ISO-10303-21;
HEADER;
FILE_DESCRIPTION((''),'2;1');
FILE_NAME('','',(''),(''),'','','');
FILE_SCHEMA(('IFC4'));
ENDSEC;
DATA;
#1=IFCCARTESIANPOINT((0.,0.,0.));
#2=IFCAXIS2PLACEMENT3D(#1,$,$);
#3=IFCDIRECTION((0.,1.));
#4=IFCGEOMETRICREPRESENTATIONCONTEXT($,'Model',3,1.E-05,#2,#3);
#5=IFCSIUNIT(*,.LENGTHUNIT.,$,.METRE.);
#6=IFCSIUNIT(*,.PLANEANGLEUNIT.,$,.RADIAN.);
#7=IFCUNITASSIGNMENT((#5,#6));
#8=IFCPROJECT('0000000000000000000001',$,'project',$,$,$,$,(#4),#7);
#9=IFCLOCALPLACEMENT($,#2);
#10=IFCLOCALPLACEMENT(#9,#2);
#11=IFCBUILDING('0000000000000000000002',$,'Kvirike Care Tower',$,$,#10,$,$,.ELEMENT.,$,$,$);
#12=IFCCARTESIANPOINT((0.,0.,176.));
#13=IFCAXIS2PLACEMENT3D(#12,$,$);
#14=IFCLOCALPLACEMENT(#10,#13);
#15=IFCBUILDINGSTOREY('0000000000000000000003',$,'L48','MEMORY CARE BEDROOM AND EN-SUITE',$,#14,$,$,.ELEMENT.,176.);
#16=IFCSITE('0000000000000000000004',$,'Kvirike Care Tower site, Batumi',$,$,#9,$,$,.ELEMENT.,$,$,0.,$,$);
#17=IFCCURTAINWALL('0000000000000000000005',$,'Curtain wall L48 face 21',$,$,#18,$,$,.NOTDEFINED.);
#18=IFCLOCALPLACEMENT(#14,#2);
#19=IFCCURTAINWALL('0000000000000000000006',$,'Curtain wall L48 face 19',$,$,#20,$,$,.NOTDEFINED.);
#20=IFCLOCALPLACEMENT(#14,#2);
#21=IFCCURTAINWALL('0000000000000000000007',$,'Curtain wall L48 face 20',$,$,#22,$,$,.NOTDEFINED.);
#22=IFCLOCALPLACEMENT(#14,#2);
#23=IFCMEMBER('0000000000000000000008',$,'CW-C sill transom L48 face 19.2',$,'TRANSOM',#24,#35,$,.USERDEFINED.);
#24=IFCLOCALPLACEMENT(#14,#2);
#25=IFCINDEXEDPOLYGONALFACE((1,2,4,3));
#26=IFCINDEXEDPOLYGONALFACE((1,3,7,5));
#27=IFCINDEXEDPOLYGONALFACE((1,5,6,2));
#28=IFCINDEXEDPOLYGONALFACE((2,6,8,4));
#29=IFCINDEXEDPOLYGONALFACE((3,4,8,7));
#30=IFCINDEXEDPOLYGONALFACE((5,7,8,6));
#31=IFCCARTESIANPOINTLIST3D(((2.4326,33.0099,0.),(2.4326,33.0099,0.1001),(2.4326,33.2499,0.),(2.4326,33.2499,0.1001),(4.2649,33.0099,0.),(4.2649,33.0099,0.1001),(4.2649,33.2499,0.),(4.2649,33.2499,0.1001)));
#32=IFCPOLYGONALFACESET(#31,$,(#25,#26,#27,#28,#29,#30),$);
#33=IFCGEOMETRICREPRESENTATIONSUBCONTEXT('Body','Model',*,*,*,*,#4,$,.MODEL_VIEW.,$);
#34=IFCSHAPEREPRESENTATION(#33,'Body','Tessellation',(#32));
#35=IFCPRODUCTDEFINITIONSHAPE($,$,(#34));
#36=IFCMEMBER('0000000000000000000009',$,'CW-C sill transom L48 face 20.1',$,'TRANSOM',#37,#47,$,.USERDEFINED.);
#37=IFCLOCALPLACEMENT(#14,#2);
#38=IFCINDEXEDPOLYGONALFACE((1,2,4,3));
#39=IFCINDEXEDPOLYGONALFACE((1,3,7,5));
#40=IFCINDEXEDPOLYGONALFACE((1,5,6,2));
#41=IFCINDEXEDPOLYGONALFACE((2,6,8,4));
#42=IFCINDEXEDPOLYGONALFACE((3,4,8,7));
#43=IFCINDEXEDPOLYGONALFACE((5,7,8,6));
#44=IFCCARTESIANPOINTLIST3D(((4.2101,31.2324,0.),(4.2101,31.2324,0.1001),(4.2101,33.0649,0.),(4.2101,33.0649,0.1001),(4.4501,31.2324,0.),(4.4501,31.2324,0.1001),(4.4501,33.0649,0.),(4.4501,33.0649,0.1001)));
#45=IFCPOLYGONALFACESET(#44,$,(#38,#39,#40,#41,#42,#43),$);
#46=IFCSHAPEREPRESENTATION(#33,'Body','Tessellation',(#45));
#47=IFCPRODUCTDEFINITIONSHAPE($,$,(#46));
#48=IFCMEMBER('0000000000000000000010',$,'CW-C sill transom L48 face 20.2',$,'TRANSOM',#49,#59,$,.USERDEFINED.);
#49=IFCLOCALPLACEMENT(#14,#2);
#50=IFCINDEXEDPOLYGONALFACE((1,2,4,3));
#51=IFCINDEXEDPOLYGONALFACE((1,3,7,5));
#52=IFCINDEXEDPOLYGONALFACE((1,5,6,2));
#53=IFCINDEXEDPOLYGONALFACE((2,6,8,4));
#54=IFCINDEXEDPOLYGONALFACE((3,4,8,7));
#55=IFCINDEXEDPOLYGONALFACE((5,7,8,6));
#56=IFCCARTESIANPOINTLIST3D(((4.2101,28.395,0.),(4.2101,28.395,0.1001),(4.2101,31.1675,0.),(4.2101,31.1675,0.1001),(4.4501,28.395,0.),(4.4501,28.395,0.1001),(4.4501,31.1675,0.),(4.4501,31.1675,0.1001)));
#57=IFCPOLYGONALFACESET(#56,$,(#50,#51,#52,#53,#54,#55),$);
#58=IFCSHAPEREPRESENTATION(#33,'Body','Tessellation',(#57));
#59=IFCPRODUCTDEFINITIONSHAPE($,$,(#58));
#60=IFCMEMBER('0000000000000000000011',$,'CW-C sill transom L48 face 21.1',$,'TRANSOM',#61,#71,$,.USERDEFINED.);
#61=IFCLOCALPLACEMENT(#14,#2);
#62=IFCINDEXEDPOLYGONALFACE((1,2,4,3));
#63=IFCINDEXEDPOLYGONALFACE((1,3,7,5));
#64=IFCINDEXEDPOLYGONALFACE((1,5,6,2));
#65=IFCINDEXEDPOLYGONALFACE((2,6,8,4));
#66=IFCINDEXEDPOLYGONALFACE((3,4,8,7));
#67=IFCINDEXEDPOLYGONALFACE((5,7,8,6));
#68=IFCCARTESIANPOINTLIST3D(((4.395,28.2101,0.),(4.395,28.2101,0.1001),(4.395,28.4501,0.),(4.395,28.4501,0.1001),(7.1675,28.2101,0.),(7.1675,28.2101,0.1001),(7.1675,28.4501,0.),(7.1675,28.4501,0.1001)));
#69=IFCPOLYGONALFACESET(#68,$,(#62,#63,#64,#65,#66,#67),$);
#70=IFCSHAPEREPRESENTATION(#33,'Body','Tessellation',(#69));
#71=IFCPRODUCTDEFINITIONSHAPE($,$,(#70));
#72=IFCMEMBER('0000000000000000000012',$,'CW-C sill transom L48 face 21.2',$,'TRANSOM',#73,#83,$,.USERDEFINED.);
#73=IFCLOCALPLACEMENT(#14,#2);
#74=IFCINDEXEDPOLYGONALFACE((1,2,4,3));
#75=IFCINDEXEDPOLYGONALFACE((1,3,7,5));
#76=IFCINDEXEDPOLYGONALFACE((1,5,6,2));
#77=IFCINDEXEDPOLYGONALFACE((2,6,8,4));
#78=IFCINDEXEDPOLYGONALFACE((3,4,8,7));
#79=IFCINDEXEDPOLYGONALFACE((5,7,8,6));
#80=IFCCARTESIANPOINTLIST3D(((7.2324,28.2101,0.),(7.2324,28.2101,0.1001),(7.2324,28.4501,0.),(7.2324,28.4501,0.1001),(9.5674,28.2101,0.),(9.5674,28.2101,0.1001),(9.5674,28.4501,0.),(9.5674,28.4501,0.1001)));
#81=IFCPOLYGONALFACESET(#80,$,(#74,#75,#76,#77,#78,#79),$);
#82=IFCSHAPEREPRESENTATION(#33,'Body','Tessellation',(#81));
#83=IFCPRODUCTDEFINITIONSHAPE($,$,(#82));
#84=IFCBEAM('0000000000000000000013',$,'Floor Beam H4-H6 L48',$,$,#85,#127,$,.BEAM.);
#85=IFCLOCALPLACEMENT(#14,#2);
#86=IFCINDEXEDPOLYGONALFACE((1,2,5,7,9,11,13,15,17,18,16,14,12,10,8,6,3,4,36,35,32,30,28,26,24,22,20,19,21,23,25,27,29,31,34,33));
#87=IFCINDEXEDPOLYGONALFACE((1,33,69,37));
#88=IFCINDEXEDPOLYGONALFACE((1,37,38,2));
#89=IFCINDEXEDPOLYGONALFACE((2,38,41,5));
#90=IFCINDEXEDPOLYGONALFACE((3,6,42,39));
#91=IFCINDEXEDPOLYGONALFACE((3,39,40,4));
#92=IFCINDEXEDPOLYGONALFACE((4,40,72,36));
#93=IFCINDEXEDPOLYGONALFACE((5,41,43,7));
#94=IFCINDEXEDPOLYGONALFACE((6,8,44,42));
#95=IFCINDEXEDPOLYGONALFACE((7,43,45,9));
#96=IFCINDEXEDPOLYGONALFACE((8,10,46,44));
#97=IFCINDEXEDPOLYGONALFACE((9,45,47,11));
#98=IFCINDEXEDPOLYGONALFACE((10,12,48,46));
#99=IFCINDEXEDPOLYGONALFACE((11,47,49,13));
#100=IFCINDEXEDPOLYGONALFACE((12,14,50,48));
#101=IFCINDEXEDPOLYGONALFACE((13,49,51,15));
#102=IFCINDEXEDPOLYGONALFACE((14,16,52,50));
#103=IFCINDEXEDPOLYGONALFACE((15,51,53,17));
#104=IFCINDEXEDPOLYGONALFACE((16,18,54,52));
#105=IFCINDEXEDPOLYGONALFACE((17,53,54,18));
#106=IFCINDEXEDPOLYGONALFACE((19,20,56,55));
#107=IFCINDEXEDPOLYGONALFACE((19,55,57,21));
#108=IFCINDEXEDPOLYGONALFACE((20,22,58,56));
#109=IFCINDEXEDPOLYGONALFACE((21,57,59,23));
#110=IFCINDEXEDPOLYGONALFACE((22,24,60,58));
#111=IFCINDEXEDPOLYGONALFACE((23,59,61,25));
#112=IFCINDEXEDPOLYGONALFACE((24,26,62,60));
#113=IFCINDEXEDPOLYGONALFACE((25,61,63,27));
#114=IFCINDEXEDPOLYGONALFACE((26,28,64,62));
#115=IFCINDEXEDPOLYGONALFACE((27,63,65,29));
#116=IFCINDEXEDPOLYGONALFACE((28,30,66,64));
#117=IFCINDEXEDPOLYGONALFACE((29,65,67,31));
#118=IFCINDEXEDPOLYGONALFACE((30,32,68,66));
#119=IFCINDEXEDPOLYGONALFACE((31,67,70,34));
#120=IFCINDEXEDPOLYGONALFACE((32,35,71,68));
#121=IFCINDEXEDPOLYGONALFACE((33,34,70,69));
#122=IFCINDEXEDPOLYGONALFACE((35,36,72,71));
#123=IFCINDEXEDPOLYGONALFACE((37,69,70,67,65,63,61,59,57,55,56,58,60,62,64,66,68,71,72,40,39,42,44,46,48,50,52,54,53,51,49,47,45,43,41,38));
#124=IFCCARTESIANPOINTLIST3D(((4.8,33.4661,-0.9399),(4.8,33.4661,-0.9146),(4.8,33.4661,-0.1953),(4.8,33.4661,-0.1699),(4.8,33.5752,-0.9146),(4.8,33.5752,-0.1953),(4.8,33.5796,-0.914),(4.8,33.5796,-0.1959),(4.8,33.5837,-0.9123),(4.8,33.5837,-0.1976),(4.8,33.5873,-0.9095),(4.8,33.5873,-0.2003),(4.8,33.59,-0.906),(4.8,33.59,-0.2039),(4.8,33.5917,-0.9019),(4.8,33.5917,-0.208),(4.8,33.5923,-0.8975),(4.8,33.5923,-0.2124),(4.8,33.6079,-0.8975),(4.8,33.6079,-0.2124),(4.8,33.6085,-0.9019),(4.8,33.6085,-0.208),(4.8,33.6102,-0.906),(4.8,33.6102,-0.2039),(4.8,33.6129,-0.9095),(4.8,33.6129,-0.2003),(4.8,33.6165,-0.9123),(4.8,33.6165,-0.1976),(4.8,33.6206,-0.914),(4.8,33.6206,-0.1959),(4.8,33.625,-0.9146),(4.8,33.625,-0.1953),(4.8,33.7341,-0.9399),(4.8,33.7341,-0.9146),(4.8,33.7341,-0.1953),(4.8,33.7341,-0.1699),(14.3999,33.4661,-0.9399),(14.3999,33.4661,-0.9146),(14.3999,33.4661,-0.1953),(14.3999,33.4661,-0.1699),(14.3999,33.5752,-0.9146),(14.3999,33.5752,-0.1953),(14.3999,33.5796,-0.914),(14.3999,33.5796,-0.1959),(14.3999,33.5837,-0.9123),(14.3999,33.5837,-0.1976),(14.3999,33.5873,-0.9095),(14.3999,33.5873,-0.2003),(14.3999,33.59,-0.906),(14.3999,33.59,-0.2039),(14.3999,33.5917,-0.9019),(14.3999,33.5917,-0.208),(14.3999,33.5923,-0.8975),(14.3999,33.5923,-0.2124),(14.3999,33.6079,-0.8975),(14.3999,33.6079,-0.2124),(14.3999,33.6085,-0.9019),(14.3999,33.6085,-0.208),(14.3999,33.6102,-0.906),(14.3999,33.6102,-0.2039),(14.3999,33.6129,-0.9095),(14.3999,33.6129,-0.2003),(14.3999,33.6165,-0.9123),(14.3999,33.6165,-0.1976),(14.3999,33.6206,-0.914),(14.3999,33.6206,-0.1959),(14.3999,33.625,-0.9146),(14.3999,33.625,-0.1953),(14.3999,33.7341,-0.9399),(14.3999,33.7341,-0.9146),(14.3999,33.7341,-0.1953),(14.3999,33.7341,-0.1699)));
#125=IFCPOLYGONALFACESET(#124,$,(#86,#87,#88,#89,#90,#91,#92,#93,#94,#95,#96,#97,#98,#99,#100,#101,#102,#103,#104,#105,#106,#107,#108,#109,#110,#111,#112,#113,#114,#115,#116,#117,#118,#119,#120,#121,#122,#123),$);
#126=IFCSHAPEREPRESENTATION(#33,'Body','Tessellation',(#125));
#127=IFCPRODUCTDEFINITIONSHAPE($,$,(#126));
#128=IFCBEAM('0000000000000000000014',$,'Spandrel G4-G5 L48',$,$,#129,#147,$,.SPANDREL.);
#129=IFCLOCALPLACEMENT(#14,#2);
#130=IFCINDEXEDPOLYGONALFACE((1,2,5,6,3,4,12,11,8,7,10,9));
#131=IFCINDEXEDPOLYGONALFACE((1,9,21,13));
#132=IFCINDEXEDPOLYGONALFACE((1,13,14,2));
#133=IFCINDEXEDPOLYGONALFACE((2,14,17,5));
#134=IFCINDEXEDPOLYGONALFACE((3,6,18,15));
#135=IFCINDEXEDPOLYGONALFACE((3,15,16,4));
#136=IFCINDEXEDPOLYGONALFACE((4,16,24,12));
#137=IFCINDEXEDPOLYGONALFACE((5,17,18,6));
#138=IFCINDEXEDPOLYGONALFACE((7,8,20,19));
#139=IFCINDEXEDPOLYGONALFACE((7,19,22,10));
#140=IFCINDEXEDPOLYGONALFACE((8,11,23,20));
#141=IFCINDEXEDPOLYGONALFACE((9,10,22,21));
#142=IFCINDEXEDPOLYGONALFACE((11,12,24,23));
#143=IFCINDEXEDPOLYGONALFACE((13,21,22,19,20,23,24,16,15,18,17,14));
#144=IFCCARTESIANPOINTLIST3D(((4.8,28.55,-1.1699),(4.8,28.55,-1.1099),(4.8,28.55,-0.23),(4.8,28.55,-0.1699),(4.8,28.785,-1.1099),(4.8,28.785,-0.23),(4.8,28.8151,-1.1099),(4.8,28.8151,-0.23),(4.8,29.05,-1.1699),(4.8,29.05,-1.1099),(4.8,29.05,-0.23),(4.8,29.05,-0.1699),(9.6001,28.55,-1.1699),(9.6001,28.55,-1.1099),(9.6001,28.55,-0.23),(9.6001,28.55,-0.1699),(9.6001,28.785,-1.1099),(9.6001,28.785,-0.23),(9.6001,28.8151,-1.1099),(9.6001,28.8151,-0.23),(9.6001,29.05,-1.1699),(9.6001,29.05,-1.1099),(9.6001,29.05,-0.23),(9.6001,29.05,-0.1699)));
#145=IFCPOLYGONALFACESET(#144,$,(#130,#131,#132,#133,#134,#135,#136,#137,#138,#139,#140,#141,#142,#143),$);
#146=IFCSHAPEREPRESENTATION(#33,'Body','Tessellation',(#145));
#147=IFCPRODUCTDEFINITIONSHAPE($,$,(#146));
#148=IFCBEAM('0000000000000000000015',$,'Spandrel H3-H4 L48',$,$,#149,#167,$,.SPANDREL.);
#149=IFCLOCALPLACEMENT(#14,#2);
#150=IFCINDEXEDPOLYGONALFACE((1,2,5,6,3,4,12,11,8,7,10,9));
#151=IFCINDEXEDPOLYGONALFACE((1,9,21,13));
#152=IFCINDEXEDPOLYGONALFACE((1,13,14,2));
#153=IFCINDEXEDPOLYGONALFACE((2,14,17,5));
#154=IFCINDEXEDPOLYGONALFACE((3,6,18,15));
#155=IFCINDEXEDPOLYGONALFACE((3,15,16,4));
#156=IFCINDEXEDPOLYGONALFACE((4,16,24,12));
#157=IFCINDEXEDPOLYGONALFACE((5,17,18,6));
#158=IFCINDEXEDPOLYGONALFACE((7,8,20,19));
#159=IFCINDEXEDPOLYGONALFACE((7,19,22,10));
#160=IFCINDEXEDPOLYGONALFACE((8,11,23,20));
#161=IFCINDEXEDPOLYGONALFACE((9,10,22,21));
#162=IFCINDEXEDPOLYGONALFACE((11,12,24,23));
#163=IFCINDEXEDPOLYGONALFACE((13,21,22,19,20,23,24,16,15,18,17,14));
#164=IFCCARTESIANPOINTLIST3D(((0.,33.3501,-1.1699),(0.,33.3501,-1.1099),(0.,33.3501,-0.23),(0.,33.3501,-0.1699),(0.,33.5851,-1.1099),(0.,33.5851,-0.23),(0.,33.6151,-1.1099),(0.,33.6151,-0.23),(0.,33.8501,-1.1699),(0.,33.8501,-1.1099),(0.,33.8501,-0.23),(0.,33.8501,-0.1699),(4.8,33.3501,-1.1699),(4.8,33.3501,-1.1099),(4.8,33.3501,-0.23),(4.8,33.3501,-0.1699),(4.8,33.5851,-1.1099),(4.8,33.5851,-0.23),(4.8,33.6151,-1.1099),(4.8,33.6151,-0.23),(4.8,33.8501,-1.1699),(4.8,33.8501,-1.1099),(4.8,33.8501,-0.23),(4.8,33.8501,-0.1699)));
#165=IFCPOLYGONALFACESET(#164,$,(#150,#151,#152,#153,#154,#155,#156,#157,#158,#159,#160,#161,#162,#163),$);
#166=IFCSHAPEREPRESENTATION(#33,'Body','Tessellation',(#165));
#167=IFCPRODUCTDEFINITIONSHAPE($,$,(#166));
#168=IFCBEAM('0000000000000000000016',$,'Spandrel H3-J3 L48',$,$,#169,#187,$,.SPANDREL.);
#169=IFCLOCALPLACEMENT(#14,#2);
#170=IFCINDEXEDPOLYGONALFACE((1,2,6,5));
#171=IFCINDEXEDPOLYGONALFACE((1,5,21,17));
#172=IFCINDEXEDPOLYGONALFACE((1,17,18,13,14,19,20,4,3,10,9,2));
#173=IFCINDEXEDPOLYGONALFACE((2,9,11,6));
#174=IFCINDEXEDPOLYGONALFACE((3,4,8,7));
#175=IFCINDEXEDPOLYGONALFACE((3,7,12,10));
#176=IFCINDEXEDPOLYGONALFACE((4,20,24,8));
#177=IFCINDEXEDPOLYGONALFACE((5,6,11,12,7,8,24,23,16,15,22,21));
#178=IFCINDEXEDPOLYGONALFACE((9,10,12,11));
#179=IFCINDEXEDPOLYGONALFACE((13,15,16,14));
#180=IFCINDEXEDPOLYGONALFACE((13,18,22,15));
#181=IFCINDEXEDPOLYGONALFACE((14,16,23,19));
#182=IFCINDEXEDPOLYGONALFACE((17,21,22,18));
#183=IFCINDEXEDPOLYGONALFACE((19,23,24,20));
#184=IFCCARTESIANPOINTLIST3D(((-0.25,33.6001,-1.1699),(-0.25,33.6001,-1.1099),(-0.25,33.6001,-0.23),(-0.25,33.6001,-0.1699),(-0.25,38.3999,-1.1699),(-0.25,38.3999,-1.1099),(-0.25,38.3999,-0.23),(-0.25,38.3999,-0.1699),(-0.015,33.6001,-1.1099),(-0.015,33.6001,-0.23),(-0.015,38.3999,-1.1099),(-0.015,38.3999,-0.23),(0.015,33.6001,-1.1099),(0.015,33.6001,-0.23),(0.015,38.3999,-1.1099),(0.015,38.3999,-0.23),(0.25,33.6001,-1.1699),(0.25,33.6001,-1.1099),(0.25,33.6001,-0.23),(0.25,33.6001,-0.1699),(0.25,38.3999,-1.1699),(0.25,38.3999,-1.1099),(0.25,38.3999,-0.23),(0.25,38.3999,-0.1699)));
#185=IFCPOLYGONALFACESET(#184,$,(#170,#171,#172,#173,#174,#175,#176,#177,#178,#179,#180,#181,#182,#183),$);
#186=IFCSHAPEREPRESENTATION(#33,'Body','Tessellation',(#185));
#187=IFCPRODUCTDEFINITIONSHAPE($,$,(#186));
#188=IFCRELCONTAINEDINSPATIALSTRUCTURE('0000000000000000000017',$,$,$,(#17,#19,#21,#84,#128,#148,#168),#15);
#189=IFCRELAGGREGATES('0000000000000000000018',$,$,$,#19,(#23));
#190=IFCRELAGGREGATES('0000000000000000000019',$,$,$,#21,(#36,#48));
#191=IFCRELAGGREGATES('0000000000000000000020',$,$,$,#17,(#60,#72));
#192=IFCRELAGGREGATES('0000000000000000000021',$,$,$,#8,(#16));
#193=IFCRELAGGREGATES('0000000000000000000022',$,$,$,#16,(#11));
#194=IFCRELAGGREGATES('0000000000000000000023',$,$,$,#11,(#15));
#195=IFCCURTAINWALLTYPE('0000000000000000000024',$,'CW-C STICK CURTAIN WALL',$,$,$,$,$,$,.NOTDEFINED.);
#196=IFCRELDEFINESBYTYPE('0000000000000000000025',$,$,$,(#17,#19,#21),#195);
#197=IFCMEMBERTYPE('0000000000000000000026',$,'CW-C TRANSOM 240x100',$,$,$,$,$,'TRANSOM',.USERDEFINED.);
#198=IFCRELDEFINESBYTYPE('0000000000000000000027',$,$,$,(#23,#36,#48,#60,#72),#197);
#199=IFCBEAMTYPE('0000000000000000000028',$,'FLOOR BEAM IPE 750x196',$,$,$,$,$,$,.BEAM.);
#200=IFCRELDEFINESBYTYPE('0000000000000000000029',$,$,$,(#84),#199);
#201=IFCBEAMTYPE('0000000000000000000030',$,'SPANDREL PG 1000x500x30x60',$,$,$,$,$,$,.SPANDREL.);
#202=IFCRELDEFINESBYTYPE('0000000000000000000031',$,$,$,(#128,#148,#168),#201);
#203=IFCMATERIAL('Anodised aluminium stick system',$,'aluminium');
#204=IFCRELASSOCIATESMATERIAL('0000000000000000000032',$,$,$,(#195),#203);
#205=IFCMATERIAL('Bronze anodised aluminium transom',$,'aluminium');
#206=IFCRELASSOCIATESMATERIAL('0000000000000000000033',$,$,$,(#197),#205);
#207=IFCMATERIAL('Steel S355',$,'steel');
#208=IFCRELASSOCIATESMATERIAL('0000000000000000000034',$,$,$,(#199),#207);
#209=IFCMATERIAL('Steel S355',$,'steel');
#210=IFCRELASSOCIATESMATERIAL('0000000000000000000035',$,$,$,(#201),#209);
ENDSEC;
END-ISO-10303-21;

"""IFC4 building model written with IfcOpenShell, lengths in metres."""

from ifc_helpers import new_model, si_unit, direction, frame, origin, origin_2d, place, context, subcontext, project, spatial, rectangle, i_section, extrude, material, material_profile, profile_set, type_object, element, aggregate, save


model = new_model("IFC4")

# Units and contexts
model_context = context("Model", 3, precision=1e-05, world=origin(), true_north=direction((0.0, 1.0)))
body_context = subcontext(model_context, "Body", "Model", "MODEL_VIEW")
ifc_project = project(units=[si_unit("LENGTHUNIT", "METRE"), si_unit("PLANEANGLEUNIT", "RADIAN")], contexts=[model_context])

# Site, building, storey
site_placement = place(None, origin())
site = spatial("IfcSite", under=ifc_project, at=site_placement, Name="Kvirike Care Tower site, Batumi", CompositionType="ELEMENT", RefElevation=0.0)
building_placement = place(site_placement, origin())
building = spatial("IfcBuilding", under=site, at=building_placement, Name="Kvirike Care Tower", CompositionType="ELEMENT")
storey_placement = place(building_placement, frame((0.0, 0.0, 176.0)))
storey = spatial("IfcBuildingStorey", under=building, at=storey_placement, Name="L48", Description="MEMORY CARE BEDROOM AND EN-SUITE", CompositionType="ELEMENT", Elevation=176.0)

# Curtain wall
ifc_material_1 = material(Name="Anodised aluminium stick system", Category="aluminium")
curtain_wall_type = type_object("IfcCurtainWallType", Name="CW-C STICK CURTAIN WALL", PredefinedType="NOTDEFINED", material=ifc_material_1)
curtain_wall_1_placement = place(storey_placement, origin())
curtain_wall_1 = element("IfcCurtainWall", 1, at=curtain_wall_1_placement, inside=storey, type_object=curtain_wall_type, Name="Curtain wall L48 face 21", PredefinedType="NOTDEFINED")

# Curtain walls
curtain_wall_2_placement = place(storey_placement, origin())
curtain_wall_2 = element("IfcCurtainWall", 2, at=curtain_wall_2_placement, inside=storey, type_object=curtain_wall_type, Name="Curtain wall L48 face 19", PredefinedType="NOTDEFINED")
curtain_wall_3_placement = place(storey_placement, origin())
curtain_wall_3 = element("IfcCurtainWall", 3, at=curtain_wall_3_placement, inside=storey, type_object=curtain_wall_type, Name="Curtain wall L48 face 20", PredefinedType="NOTDEFINED")

# Members
ifc_material_2 = material(Name="Bronze anodised aluminium transom", Category="aluminium")
ifc_material_profile_1 = material_profile(ifc_material_2, rectangle(XDim=0.24, YDim=0.1001, at=origin_2d()), Name="CW-C TRANSOM 240x100")
ifc_profile_set_1 = profile_set([ifc_material_profile_1], Name="Bronze anodised aluminium transom")
member_type_1 = type_object("IfcMemberType", Name="CW-C TRANSOM 240x100", ElementType="TRANSOM", PredefinedType="USERDEFINED", material=ifc_profile_set_1)
member_1_placement = place(storey_placement, frame((2.4326, 33.1299, 0.05), z_axis=(1.0, 0.0, 0.0), x_axis=(0.0, 1.0, 0.0)))
member_1 = element("IfcMember", 4, at=member_1_placement, type_object=member_type_1, Name="CW-C sill transom L48 face 19.2", ObjectType="TRANSOM", PredefinedType="USERDEFINED", context=body_context, shape_type="SweptSolid", body=[
    extrude(rectangle(XDim=0.24, YDim=0.1001, at=origin_2d()), origin(), (0.0, 0.0, 1.0), 1.8323),
])
member_2_placement = place(storey_placement, frame((4.3301, 33.0649, 0.05), z_axis=(0.0, -1.0, 0.0), x_axis=(1.0, 0.0, 0.0)))
member_2 = element("IfcMember", 5, at=member_2_placement, type_object=member_type_1, Name="CW-C sill transom L48 face 20.1", ObjectType="TRANSOM", PredefinedType="USERDEFINED", context=body_context, shape_type="SweptSolid", body=[
    extrude(rectangle(XDim=0.24, YDim=0.1001, at=origin_2d()), origin(), (0.0, 0.0, 1.0), 1.8325),
])
member_3_placement = place(storey_placement, frame((4.3301, 31.1675, 0.05), z_axis=(0.0, -1.0, 0.0), x_axis=(1.0, 0.0, 0.0)))
member_3 = element("IfcMember", 6, at=member_3_placement, type_object=member_type_1, Name="CW-C sill transom L48 face 20.2", ObjectType="TRANSOM", PredefinedType="USERDEFINED", context=body_context, shape_type="SweptSolid", body=[
    extrude(rectangle(XDim=0.24, YDim=0.1001, at=origin_2d()), origin(), (0.0, 0.0, 1.0), 2.7725),
])
member_4_placement = place(storey_placement, frame((4.395, 28.3301, 0.05), z_axis=(1.0, 0.0, 0.0), x_axis=(0.0, 1.0, 0.0)))
member_4 = element("IfcMember", 7, at=member_4_placement, type_object=member_type_1, Name="CW-C sill transom L48 face 21.1", ObjectType="TRANSOM", PredefinedType="USERDEFINED", context=body_context, shape_type="SweptSolid", body=[
    extrude(rectangle(XDim=0.24, YDim=0.1001, at=origin_2d()), origin(), (0.0, 0.0, 1.0), 2.7725),
])
member_5_placement = place(storey_placement, frame((7.2324, 28.3301, 0.05), z_axis=(1.0, 0.0, 0.0), x_axis=(0.0, 1.0, 0.0)))
member_5 = element("IfcMember", 8, at=member_5_placement, type_object=member_type_1, Name="CW-C sill transom L48 face 21.2", ObjectType="TRANSOM", PredefinedType="USERDEFINED", context=body_context, shape_type="SweptSolid", body=[
    extrude(rectangle(XDim=0.24, YDim=0.1001, at=origin_2d()), origin(), (0.0, 0.0, 1.0), 2.335),
])

# Beams
ifc_material_3 = material(Name="Steel S355", Category="steel")
ifc_material_profile_2 = material_profile(ifc_material_3, i_section(OverallWidth=0.2681, OverallDepth=0.77, WebThickness=0.0156, FlangeThickness=0.0254, FilletRadius=0.0171, at=origin_2d()), Name="IPE 750x196")
ifc_profile_set_2 = profile_set([ifc_material_profile_2], Name="Steel S355")
beam_type_1 = type_object("IfcBeamType", Name="FLOOR BEAM IPE 750x196", PredefinedType="BEAM", material=ifc_profile_set_2)
beam_1_placement = place(storey_placement, frame((4.8, 33.6001, -0.5549), z_axis=(1.0, 0.0, 0.0), x_axis=(0.0, 1.0, 0.0)))
element("IfcBeam", 9, at=beam_1_placement, inside=storey, type_object=beam_type_1, Name="Floor Beam H4-H6 L48", PredefinedType="BEAM", context=body_context, shape_type="SweptSolid", body=[
    extrude(i_section(OverallWidth=0.2681, OverallDepth=0.77, WebThickness=0.0156, FlangeThickness=0.0254, FilletRadius=0.0171, at=origin_2d()), origin(), (0.0, 0.0, 1.0), 9.5999),
])
ifc_material_4 = material(Name="Steel S355", Category="steel")
ifc_material_profile_3 = material_profile(ifc_material_4, i_section(OverallWidth=0.5, OverallDepth=1.0, WebThickness=0.03, FlangeThickness=0.0601, at=origin_2d()), Name="PG 1000x500x30x60")
ifc_profile_set_3 = profile_set([ifc_material_profile_3], Name="Steel S355")
beam_type_2 = type_object("IfcBeamType", Name="SPANDREL PG 1000x500x30x60", PredefinedType="SPANDREL", material=ifc_profile_set_3)
for number, where, z_axis, x_axis, name in (
    (10, (4.8, 28.8, -0.6699), (1.0, 0.0, 0.0), (0.0, 1.0, 0.0), "Spandrel G4-G5 L48"),
    (11, (0.0, 33.6001, -0.6699), (1.0, 0.0, 0.0), (0.0, 1.0, 0.0), "Spandrel H3-H4 L48"),
):
    element("IfcBeam", number, at=place(storey_placement, frame(where, z_axis=z_axis, x_axis=x_axis)), inside=storey, type_object=beam_type_2, Name=name, PredefinedType="SPANDREL", context=body_context, shape_type="SweptSolid", body=[
        extrude(i_section(OverallWidth=0.5, OverallDepth=1.0, WebThickness=0.03, FlangeThickness=0.0601, at=origin_2d()), origin(), (0.0, 0.0, 1.0), 4.8),
    ])
beam_2_placement = place(storey_placement, frame((0.0, 33.6001, -0.6699), z_axis=(0.0, 1.0, 0.0), x_axis=(-1.0, 0.0, 0.0)))
element("IfcBeam", 12, at=beam_2_placement, inside=storey, type_object=beam_type_2, Name="Spandrel H3-J3 L48", PredefinedType="SPANDREL", context=body_context, shape_type="SweptSolid", body=[
    extrude(i_section(OverallWidth=0.5, OverallDepth=1.0, WebThickness=0.03, FlangeThickness=0.0601, at=origin_2d()), origin(), (0.0, 0.0, 1.0), 4.7998),
])

aggregate(curtain_wall_2, [member_1])
aggregate(curtain_wall_3, [member_2, member_3])
aggregate(curtain_wall_1, [member_4, member_5])

save(model, "model.ifc")
